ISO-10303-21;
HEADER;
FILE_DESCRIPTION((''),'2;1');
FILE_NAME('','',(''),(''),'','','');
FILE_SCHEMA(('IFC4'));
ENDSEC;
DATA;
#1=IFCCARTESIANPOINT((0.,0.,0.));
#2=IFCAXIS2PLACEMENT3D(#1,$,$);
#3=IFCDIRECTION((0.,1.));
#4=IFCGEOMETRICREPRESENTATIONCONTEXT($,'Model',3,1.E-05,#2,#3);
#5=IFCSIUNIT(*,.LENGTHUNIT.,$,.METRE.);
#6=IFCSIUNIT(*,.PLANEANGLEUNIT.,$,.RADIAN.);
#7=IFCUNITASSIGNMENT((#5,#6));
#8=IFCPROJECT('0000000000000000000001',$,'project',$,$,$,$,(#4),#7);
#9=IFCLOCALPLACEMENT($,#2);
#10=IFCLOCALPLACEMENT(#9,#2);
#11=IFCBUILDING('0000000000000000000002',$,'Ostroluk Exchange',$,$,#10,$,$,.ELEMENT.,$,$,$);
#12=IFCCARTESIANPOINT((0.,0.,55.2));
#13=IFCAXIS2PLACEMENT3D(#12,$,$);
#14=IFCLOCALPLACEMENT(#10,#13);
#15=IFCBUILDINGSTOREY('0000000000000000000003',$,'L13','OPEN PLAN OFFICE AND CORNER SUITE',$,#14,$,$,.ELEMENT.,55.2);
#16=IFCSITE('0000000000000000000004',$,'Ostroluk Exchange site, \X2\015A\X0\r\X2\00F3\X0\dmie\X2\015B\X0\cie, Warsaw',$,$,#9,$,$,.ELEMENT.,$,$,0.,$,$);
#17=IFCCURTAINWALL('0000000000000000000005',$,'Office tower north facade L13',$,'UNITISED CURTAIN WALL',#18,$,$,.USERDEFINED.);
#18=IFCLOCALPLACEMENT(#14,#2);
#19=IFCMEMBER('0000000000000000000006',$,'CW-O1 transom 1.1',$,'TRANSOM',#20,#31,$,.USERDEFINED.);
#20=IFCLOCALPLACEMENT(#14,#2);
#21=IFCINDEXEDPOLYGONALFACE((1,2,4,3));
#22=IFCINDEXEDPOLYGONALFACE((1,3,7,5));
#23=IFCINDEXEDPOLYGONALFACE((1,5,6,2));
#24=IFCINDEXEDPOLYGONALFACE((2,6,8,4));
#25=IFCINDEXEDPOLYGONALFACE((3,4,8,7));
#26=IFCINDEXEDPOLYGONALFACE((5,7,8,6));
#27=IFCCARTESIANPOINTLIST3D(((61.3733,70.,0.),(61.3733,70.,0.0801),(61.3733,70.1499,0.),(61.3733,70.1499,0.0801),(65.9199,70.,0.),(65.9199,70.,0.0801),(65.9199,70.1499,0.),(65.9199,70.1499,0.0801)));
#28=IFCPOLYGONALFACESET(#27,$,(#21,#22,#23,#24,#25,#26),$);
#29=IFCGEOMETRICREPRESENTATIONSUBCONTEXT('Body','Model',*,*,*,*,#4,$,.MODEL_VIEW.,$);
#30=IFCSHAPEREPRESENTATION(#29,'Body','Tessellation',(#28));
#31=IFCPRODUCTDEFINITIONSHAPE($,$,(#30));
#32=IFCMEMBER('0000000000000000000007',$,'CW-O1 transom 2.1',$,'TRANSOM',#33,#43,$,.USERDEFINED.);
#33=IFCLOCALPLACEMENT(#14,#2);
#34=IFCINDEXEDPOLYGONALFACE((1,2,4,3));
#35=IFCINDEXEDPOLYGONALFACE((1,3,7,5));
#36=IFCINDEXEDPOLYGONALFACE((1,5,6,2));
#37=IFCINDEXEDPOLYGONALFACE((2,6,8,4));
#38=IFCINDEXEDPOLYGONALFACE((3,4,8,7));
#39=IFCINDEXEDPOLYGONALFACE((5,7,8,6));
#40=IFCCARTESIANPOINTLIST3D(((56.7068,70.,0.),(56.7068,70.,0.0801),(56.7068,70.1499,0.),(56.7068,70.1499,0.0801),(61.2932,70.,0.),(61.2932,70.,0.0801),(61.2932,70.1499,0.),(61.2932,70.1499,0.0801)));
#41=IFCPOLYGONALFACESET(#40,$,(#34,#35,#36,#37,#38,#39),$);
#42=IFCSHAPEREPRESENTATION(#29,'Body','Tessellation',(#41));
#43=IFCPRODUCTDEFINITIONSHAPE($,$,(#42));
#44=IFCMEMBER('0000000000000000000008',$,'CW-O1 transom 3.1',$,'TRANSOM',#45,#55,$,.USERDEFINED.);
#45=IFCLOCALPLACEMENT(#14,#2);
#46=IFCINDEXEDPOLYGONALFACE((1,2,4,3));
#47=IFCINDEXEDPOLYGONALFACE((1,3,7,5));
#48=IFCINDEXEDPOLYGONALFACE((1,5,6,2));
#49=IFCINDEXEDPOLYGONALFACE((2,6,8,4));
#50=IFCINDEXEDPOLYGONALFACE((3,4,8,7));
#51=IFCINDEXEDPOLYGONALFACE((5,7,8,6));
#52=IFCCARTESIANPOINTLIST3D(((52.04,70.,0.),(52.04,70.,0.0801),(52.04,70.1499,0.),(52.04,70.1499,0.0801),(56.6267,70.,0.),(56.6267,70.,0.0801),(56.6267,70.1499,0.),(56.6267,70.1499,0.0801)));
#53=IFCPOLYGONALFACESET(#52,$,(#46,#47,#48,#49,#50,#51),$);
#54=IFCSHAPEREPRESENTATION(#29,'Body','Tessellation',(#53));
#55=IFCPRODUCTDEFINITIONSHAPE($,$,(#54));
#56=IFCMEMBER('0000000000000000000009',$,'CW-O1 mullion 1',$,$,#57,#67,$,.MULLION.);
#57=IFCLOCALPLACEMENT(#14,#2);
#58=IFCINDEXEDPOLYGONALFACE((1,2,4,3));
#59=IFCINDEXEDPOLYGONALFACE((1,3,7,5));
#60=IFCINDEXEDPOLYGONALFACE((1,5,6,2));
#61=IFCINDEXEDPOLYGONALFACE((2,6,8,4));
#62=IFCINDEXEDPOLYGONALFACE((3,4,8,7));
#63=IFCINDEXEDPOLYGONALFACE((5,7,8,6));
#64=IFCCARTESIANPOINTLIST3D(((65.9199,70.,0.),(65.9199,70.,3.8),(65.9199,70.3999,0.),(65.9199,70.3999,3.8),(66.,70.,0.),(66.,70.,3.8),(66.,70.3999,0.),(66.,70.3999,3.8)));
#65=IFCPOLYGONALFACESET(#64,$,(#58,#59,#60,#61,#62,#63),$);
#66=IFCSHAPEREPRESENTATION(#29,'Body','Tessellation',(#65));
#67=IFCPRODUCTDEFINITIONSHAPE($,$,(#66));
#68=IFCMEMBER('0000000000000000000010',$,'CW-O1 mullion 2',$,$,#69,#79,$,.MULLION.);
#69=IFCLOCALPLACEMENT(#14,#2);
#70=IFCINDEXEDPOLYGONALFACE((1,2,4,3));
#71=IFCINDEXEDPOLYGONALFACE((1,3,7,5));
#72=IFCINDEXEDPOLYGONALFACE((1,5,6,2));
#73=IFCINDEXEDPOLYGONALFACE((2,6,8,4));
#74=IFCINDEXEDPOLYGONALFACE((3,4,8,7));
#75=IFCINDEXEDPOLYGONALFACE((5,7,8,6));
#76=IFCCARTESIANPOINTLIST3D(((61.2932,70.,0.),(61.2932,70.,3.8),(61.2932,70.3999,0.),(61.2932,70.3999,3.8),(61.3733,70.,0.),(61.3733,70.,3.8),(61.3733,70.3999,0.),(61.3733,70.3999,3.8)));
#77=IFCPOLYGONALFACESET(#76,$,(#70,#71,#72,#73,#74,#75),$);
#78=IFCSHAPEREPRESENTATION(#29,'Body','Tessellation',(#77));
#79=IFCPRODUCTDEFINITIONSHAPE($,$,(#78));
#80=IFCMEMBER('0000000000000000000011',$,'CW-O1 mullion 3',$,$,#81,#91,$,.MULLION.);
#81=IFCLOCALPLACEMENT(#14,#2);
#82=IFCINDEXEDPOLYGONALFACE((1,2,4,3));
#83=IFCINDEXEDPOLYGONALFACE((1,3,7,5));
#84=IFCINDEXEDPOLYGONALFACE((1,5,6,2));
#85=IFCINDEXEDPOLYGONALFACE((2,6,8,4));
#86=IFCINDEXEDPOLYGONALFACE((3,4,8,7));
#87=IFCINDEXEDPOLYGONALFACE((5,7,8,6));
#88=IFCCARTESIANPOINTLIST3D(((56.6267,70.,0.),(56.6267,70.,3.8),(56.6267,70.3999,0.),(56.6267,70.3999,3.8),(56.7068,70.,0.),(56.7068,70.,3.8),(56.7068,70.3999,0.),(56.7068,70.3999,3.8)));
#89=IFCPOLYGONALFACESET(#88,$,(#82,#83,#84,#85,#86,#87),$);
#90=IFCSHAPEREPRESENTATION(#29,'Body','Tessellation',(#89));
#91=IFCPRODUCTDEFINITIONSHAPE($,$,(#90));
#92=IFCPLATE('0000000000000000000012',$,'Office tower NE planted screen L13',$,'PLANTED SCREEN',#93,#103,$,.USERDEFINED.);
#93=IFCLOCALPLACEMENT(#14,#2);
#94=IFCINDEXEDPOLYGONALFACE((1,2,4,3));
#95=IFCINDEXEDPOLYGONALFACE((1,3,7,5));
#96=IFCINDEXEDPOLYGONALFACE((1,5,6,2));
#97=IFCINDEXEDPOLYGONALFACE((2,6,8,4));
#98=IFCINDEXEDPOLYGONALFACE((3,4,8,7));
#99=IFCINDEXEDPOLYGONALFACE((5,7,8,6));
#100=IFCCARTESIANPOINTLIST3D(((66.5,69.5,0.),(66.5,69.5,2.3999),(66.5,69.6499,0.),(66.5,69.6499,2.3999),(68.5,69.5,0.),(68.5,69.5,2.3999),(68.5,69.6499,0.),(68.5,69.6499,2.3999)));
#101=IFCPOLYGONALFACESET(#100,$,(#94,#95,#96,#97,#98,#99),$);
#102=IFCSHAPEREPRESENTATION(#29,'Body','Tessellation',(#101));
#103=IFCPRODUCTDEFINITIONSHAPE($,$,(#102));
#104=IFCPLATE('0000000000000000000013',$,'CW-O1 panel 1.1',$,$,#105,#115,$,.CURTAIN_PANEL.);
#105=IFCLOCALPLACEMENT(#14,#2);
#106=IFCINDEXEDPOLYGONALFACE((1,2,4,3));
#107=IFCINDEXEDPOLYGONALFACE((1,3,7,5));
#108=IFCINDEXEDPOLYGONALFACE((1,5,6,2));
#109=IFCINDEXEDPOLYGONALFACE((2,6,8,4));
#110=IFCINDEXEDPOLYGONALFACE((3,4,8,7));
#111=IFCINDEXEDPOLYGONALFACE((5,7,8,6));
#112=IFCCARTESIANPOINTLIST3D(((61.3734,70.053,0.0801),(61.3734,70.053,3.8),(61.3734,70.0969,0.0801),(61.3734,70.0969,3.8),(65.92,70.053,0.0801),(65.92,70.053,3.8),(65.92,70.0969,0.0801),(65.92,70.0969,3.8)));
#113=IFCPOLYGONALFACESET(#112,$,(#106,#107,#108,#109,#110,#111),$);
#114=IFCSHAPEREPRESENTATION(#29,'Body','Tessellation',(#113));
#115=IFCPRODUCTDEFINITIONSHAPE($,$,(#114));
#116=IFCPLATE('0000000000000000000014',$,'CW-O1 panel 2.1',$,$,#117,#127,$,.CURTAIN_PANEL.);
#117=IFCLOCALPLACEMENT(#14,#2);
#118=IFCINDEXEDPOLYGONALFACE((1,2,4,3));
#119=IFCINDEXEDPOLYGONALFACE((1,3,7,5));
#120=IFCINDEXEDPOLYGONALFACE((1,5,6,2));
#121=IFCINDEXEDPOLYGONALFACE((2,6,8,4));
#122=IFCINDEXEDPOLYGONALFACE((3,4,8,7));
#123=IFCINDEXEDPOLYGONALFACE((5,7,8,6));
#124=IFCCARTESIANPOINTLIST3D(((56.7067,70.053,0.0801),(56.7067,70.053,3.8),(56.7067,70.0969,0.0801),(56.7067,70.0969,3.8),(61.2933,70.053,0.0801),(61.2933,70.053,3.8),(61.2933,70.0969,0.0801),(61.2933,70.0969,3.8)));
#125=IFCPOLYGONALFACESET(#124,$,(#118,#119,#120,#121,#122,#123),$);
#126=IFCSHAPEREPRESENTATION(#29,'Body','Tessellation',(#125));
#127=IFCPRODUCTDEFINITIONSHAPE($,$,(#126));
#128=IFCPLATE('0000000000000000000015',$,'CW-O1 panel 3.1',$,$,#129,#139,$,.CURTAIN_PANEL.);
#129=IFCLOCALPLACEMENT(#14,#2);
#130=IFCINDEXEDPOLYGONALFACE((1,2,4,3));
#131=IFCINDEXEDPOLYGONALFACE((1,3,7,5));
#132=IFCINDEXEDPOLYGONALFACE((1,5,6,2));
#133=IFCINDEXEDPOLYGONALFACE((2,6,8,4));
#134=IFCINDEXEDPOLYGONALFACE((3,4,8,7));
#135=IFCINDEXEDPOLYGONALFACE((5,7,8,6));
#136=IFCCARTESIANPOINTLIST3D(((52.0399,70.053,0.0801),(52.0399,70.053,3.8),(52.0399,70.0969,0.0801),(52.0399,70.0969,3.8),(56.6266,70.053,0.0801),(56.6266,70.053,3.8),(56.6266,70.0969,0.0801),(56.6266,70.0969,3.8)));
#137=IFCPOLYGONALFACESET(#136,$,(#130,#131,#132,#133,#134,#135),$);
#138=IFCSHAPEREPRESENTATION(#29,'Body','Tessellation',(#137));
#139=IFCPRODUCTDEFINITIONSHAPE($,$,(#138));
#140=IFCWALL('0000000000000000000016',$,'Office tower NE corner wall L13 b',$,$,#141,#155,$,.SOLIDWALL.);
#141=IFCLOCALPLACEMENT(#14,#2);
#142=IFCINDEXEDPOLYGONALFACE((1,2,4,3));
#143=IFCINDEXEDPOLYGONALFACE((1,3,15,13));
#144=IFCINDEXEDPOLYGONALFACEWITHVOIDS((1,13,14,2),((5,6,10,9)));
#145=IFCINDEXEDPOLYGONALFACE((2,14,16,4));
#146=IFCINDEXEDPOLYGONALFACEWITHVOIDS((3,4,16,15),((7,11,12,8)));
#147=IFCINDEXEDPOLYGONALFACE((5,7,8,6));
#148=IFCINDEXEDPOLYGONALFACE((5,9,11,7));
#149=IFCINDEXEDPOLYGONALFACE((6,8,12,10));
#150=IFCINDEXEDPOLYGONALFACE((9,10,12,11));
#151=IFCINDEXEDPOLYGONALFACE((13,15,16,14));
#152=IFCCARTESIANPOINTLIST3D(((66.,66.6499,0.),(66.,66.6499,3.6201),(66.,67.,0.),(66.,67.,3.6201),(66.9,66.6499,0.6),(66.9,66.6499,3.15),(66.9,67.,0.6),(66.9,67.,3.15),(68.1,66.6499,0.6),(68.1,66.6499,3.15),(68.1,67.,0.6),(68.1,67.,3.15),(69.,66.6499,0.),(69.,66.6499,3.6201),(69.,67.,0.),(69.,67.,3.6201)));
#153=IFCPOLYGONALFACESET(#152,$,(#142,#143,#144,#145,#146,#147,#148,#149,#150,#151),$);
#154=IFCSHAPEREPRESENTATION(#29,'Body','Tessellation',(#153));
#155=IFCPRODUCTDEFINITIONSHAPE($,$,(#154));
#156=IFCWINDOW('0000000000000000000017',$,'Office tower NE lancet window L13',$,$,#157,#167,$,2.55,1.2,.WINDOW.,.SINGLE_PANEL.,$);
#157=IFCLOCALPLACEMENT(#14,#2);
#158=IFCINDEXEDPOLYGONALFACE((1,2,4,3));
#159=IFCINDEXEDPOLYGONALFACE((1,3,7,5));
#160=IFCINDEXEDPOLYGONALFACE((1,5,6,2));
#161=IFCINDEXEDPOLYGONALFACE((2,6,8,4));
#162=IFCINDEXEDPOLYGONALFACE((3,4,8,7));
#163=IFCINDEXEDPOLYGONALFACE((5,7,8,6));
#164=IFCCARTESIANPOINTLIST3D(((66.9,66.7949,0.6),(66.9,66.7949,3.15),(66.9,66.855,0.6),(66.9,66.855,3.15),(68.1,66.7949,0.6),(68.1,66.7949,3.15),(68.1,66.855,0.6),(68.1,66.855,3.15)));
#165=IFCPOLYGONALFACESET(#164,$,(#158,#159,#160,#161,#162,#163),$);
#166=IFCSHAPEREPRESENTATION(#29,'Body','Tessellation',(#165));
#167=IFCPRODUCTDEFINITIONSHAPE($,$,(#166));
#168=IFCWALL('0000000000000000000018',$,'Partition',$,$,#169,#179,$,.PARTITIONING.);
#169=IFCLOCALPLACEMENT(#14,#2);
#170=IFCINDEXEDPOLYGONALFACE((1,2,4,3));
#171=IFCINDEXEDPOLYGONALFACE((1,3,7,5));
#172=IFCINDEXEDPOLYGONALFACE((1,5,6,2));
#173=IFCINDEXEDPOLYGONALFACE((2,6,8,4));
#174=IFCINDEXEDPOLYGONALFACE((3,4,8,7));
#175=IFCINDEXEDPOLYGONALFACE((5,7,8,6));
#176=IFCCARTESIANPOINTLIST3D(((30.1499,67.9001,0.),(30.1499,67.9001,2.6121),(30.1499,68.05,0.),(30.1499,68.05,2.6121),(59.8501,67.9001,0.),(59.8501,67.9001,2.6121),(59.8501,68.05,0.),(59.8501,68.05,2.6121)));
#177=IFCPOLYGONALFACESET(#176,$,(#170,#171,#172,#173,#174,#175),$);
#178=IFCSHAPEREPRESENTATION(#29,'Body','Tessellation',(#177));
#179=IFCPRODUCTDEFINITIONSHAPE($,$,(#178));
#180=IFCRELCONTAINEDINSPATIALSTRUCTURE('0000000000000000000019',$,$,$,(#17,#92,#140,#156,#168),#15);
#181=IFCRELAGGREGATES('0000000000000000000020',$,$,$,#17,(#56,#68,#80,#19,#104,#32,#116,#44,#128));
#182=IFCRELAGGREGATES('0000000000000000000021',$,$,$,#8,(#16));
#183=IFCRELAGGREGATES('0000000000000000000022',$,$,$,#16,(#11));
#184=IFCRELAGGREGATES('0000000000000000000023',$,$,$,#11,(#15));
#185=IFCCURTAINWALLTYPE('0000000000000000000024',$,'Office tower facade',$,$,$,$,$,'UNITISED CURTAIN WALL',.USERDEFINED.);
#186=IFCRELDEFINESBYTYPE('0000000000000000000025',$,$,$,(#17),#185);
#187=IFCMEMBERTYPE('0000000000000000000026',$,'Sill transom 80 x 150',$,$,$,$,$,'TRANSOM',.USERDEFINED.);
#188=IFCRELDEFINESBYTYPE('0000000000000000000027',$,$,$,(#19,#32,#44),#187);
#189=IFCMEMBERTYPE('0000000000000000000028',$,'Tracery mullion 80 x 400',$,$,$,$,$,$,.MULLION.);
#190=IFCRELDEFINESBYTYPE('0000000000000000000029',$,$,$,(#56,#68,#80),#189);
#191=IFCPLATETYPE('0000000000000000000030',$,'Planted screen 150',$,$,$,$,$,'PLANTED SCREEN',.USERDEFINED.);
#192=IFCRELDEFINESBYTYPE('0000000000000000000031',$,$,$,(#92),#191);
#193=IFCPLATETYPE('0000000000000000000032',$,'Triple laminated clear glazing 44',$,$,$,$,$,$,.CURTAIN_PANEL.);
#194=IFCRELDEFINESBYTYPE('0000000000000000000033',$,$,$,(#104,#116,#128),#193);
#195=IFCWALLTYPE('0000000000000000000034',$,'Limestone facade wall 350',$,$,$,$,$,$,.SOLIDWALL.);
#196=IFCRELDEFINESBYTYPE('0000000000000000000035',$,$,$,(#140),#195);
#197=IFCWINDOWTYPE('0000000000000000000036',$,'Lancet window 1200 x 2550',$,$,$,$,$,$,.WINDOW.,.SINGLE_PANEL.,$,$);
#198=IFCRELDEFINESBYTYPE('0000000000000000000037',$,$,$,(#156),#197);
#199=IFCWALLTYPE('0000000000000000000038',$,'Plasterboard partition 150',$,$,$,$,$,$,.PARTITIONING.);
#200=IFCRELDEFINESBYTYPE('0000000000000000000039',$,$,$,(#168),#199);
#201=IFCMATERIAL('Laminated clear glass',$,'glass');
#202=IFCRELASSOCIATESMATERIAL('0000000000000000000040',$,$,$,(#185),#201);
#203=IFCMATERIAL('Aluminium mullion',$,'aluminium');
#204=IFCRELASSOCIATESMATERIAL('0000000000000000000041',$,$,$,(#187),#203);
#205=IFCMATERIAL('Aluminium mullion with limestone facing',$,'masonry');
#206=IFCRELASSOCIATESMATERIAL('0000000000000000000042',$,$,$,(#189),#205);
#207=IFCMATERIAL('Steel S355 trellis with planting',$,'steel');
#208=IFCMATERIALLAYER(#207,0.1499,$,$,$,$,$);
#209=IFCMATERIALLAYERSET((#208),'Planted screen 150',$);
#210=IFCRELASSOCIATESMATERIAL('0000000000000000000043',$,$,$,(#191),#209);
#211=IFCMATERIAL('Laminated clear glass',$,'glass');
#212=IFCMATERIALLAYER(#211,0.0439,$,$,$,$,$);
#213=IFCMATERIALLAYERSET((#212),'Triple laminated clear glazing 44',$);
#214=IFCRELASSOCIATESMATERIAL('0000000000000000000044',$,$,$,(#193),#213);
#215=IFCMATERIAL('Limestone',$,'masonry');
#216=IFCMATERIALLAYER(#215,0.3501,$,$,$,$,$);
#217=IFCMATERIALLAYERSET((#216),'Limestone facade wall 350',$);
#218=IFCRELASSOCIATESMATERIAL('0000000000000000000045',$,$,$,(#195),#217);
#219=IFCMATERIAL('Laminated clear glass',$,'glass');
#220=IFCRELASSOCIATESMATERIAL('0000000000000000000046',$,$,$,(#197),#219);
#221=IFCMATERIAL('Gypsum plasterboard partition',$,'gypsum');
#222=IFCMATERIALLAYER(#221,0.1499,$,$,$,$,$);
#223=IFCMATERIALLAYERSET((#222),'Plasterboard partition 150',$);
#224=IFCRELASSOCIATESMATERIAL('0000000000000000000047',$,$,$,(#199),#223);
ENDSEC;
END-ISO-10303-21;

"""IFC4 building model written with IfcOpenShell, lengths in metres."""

from ifc_helpers import new_model, si_unit, direction, frame, frame_2d, origin, origin_2d, place, context, subcontext, project, spatial, rectangle, extrude, material, layer, layer_set, material_profile, profile_set, type_object, element, fill, aggregate, save


model = new_model("IFC4")

# Units and contexts
model_context = context("Model", 3, precision=1e-05, world=origin(), true_north=direction((0.0, 1.0)))
body_context = subcontext(model_context, "Body", "Model", "MODEL_VIEW")
ifc_project = project(units=[si_unit("LENGTHUNIT", "METRE"), si_unit("PLANEANGLEUNIT", "RADIAN")], contexts=[model_context])

# Site, building, storey
site_placement = place(None, origin())
site = spatial("IfcSite", under=ifc_project, at=site_placement, Name="Ostroluk Exchange site, Śródmieście, Warsaw", CompositionType="ELEMENT", RefElevation=0.0)
building_placement = place(site_placement, origin())
building = spatial("IfcBuilding", under=site, at=building_placement, Name="Ostroluk Exchange", CompositionType="ELEMENT")
storey_placement = place(building_placement, frame((0.0, 0.0, 55.2)))
storey = spatial("IfcBuildingStorey", under=building, at=storey_placement, Name="L13", Description="OPEN PLAN OFFICE AND CORNER SUITE", CompositionType="ELEMENT", Elevation=55.2)

# Curtain wall, members
ifc_material_1 = material(Name="Laminated clear glass", Category="glass")
curtain_wall_type = type_object("IfcCurtainWallType", Name="Office tower facade", ElementType="UNITISED CURTAIN WALL", PredefinedType="USERDEFINED", material=ifc_material_1)
curtain_wall_placement = place(storey_placement, origin())
curtain_wall = element("IfcCurtainWall", 1, at=curtain_wall_placement, inside=storey, type_object=curtain_wall_type, Name="Office tower north facade L13", ObjectType="UNITISED CURTAIN WALL", PredefinedType="USERDEFINED")
ifc_material_2 = material(Name="Aluminium mullion", Category="aluminium")
ifc_material_profile_1 = material_profile(ifc_material_2, rectangle(XDim=0.1499, YDim=0.0801, at=origin_2d()), Name="Sill transom 80 x 150")
ifc_profile_set_1 = profile_set([ifc_material_profile_1], Name="Aluminium mullion")
member_type_1 = type_object("IfcMemberType", Name="Sill transom 80 x 150", ElementType="TRANSOM", PredefinedType="USERDEFINED", material=ifc_profile_set_1)
member_1_placement = place(storey_placement, frame((65.9199, 70.075, 0.04), z_axis=(-1.0, 0.0, 0.0), x_axis=(0.0, -1.0, 0.0)))
member_1 = element("IfcMember", 2, at=member_1_placement, type_object=member_type_1, Name="CW-O1 transom 1.1", ObjectType="TRANSOM", PredefinedType="USERDEFINED", context=body_context, shape_type="SweptSolid", body=[
    extrude(rectangle(XDim=0.1499, YDim=0.0801, at=origin_2d()), origin(), (0.0, 0.0, 1.0), 4.5466),
])
member_2_placement = place(storey_placement, frame((61.2932, 70.075, 0.04), z_axis=(-1.0, 0.0, 0.0), x_axis=(0.0, -1.0, 0.0)))
member_2 = element("IfcMember", 3, at=member_2_placement, type_object=member_type_1, Name="CW-O1 transom 2.1", ObjectType="TRANSOM", PredefinedType="USERDEFINED", context=body_context, shape_type="SweptSolid", body=[
    extrude(rectangle(XDim=0.1499, YDim=0.0801, at=origin_2d()), origin(), (0.0, 0.0, 1.0), 4.5864),
])
member_3_placement = place(storey_placement, frame((56.6267, 70.075, 0.04), z_axis=(-1.0, 0.0, 0.0), x_axis=(0.0, -1.0, 0.0)))
member_3 = element("IfcMember", 4, at=member_3_placement, type_object=member_type_1, Name="CW-O1 transom 3.1", ObjectType="TRANSOM", PredefinedType="USERDEFINED", context=body_context, shape_type="SweptSolid", body=[
    extrude(rectangle(XDim=0.1499, YDim=0.0801, at=origin_2d()), origin(), (0.0, 0.0, 1.0), 4.5867),
])
ifc_material_3 = material(Name="Aluminium mullion with limestone facing", Category="masonry")
ifc_material_profile_2 = material_profile(ifc_material_3, rectangle(XDim=0.3999, YDim=0.0801, at=origin_2d()), Name="Tracery mullion 80 x 400")
ifc_profile_set_2 = profile_set([ifc_material_profile_2], Name="Aluminium mullion with limestone facing")
member_type_2 = type_object("IfcMemberType", Name="Tracery mullion 80 x 400", PredefinedType="MULLION", material=ifc_profile_set_2)
member_4_placement = place(storey_placement, frame((65.96, 70.2, 0.0), z_axis=(0.0, 0.0, 1.0), x_axis=(0.0, -1.0, 0.0)))
member_4 = element("IfcMember", 5, at=member_4_placement, type_object=member_type_2, Name="CW-O1 mullion 1", PredefinedType="MULLION", context=body_context, shape_type="SweptSolid", body=[
    extrude(rectangle(XDim=0.3999, YDim=0.0801, at=origin_2d()), origin(), (0.0, 0.0, 1.0), 3.8),
])
member_5_placement = place(storey_placement, frame((61.3333, 70.2, 0.0), z_axis=(0.0, 0.0, 1.0), x_axis=(0.0, -1.0, 0.0)))
member_5 = element("IfcMember", 6, at=member_5_placement, type_object=member_type_2, Name="CW-O1 mullion 2", PredefinedType="MULLION", context=body_context, shape_type="SweptSolid", body=[
    extrude(rectangle(XDim=0.3999, YDim=0.0801, at=origin_2d()), origin(), (0.0, 0.0, 1.0), 3.8),
])
member_6_placement = place(storey_placement, frame((56.6667, 70.2, 0.0), z_axis=(0.0, 0.0, 1.0), x_axis=(0.0, -1.0, 0.0)))
member_6 = element("IfcMember", 7, at=member_6_placement, type_object=member_type_2, Name="CW-O1 mullion 3", PredefinedType="MULLION", context=body_context, shape_type="SweptSolid", body=[
    extrude(rectangle(XDim=0.3999, YDim=0.0801, at=origin_2d()), origin(), (0.0, 0.0, 1.0), 3.8),
])

# Plates
ifc_material_4 = material(Name="Steel S355 trellis with planting", Category="steel")
ifc_layer_1 = layer(ifc_material_4, 0.1499)
ifc_layer_set_1 = layer_set([ifc_layer_1], Name="Planted screen 150")
plate_type_1 = type_object("IfcPlateType", Name="Planted screen 150", ElementType="PLANTED SCREEN", PredefinedType="USERDEFINED", material=ifc_layer_set_1)
plate_1_placement = place(storey_placement, frame((67.5, 69.575, 0.0), z_axis=(0.0, 0.0, 1.0), x_axis=(1.0, 0.0, 0.0)))
element("IfcPlate", 8, at=plate_1_placement, inside=storey, type_object=plate_type_1, Name="Office tower NE planted screen L13", ObjectType="PLANTED SCREEN", PredefinedType="USERDEFINED", context=body_context, shape_type="SweptSolid", body=[
    extrude(rectangle(XDim=2.0, YDim=0.1499, at=origin_2d()), origin(), (0.0, 0.0, 1.0), 2.3999),
])
ifc_material_5 = material(Name="Laminated clear glass", Category="glass")
ifc_layer_2 = layer(ifc_material_5, 0.0439)
ifc_layer_set_2 = layer_set([ifc_layer_2], Name="Triple laminated clear glazing 44")
plate_type_2 = type_object("IfcPlateType", Name="Triple laminated clear glazing 44", PredefinedType="CURTAIN_PANEL", material=ifc_layer_set_2)
plate_2_placement = place(storey_placement, frame((63.6467, 70.075, 0.0801), z_axis=(0.0, 0.0, 1.0), x_axis=(-1.0, 0.0, 0.0)))
plate_2 = element("IfcPlate", 9, at=plate_2_placement, type_object=plate_type_2, Name="CW-O1 panel 1.1", PredefinedType="CURTAIN_PANEL", context=body_context, shape_type="SweptSolid", body=[
    extrude(rectangle(XDim=4.5466, YDim=0.0439, at=origin_2d()), origin(), (0.0, 0.0, 1.0), 3.72),
])
plate_3_placement = place(storey_placement, frame((59.0, 70.075, 0.0801), z_axis=(0.0, 0.0, 1.0), x_axis=(-1.0, 0.0, 0.0)))
plate_3 = element("IfcPlate", 10, at=plate_3_placement, type_object=plate_type_2, Name="CW-O1 panel 2.1", PredefinedType="CURTAIN_PANEL", context=body_context, shape_type="SweptSolid", body=[
    extrude(rectangle(XDim=4.5867, YDim=0.0439, at=origin_2d()), origin(), (0.0, 0.0, 1.0), 3.72),
])
plate_4_placement = place(storey_placement, frame((54.3333, 70.075, 0.0801), z_axis=(0.0, 0.0, 1.0), x_axis=(-1.0, 0.0, 0.0)))
plate_4 = element("IfcPlate", 11, at=plate_4_placement, type_object=plate_type_2, Name="CW-O1 panel 3.1", PredefinedType="CURTAIN_PANEL", context=body_context, shape_type="SweptSolid", body=[
    extrude(rectangle(XDim=4.5867, YDim=0.0439, at=origin_2d()), origin(), (0.0, 0.0, 1.0), 3.72),
])
aggregate(curtain_wall, [member_4, member_5, member_6, member_1, plate_2, member_2, plate_3, member_3, plate_4])

# Shared definitions
ifc_material_6 = material(Name="Limestone", Category="masonry")
ifc_layer_3 = layer(ifc_material_6, 0.3501)
ifc_layer_set_3 = layer_set([ifc_layer_3], Name="Limestone facade wall 350")
wall_type_1 = type_object("IfcWallType", Name="Limestone facade wall 350", PredefinedType="SOLIDWALL", material=ifc_layer_set_3)

# Wall, opening, window
wall_1_placement = place(storey_placement, frame((66.0, 66.825, 0.0), z_axis=(0.0, 0.0, 1.0), x_axis=(1.0, 0.0, 0.0)))
wall_1 = element("IfcWall", 12, at=wall_1_placement, inside=storey, type_object=wall_type_1, Name="Office tower NE corner wall L13 b", PredefinedType="SOLIDWALL", context=body_context, shape_type="SweptSolid", body=[
    extrude(rectangle(XDim=3.0, YDim=0.3501, at=frame_2d((1.5, 0.0))), origin(), (0.0, 0.0, 1.0), 3.6201),
])
opening_1_placement = place(wall_1_placement, frame((0.8999, 0.0, 0.6001)))
opening_1 = element("IfcOpeningElement", 13, at=opening_1_placement, cuts=wall_1, PredefinedType="OPENING", context=body_context, shape_type="SweptSolid", body=[
    extrude(rectangle(XDim=1.2, YDim=2.55, at=frame_2d((0.6001, 1.2749))), frame((0.0, 0.1851, 0.0), z_axis=(0.0, -1.0, 0.0), x_axis=(1.0, 0.0, 0.0)), (0.0, 0.0, 1.0), 0.3701),
])
ifc_material_7 = material(Name="Laminated clear glass", Category="glass")
window_type = type_object("IfcWindowType", Name="Lancet window 1200 x 2550", PartitioningType="SINGLE_PANEL", PredefinedType="WINDOW", material=ifc_material_7)
window_placement = place(opening_1_placement, origin())
window = element("IfcWindow", 14, at=window_placement, inside=storey, type_object=window_type, Name="Office tower NE lancet window L13", OverallHeight=2.55, OverallWidth=1.2, PartitioningType="SINGLE_PANEL", PredefinedType="WINDOW", context=body_context, shape_type="SweptSolid", body=[
    extrude(rectangle(XDim=1.2, YDim=2.55, at=frame_2d((0.6001, 1.2749))), frame((0.0, 0.03, 0.0), z_axis=(0.0, -1.0, 0.0), x_axis=(1.0, 0.0, 0.0)), (0.0, 0.0, 1.0), 0.0601),
])
fill(opening_1, window)

# Wall
ifc_material_8 = material(Name="Gypsum plasterboard partition", Category="gypsum")
ifc_layer_4 = layer(ifc_material_8, 0.1499)
ifc_layer_set_4 = layer_set([ifc_layer_4], Name="Plasterboard partition 150")
wall_type_2 = type_object("IfcWallType", Name="Plasterboard partition 150", PredefinedType="PARTITIONING", material=ifc_layer_set_4)
wall_2_placement = place(storey_placement, frame((59.8501, 67.9751, 0.0), z_axis=(0.0, 0.0, 1.0), x_axis=(-1.0, 0.0, 0.0)))
element("IfcWall", 15, at=wall_2_placement, inside=storey, type_object=wall_type_2, Name="Partition", PredefinedType="PARTITIONING", context=body_context, shape_type="SweptSolid", body=[
    extrude(rectangle(XDim=29.7002, YDim=0.1499, at=frame_2d((14.8501, 0.0))), origin(), (0.0, 0.0, 1.0), 2.6121),
])

save(model, "model.ifc")
